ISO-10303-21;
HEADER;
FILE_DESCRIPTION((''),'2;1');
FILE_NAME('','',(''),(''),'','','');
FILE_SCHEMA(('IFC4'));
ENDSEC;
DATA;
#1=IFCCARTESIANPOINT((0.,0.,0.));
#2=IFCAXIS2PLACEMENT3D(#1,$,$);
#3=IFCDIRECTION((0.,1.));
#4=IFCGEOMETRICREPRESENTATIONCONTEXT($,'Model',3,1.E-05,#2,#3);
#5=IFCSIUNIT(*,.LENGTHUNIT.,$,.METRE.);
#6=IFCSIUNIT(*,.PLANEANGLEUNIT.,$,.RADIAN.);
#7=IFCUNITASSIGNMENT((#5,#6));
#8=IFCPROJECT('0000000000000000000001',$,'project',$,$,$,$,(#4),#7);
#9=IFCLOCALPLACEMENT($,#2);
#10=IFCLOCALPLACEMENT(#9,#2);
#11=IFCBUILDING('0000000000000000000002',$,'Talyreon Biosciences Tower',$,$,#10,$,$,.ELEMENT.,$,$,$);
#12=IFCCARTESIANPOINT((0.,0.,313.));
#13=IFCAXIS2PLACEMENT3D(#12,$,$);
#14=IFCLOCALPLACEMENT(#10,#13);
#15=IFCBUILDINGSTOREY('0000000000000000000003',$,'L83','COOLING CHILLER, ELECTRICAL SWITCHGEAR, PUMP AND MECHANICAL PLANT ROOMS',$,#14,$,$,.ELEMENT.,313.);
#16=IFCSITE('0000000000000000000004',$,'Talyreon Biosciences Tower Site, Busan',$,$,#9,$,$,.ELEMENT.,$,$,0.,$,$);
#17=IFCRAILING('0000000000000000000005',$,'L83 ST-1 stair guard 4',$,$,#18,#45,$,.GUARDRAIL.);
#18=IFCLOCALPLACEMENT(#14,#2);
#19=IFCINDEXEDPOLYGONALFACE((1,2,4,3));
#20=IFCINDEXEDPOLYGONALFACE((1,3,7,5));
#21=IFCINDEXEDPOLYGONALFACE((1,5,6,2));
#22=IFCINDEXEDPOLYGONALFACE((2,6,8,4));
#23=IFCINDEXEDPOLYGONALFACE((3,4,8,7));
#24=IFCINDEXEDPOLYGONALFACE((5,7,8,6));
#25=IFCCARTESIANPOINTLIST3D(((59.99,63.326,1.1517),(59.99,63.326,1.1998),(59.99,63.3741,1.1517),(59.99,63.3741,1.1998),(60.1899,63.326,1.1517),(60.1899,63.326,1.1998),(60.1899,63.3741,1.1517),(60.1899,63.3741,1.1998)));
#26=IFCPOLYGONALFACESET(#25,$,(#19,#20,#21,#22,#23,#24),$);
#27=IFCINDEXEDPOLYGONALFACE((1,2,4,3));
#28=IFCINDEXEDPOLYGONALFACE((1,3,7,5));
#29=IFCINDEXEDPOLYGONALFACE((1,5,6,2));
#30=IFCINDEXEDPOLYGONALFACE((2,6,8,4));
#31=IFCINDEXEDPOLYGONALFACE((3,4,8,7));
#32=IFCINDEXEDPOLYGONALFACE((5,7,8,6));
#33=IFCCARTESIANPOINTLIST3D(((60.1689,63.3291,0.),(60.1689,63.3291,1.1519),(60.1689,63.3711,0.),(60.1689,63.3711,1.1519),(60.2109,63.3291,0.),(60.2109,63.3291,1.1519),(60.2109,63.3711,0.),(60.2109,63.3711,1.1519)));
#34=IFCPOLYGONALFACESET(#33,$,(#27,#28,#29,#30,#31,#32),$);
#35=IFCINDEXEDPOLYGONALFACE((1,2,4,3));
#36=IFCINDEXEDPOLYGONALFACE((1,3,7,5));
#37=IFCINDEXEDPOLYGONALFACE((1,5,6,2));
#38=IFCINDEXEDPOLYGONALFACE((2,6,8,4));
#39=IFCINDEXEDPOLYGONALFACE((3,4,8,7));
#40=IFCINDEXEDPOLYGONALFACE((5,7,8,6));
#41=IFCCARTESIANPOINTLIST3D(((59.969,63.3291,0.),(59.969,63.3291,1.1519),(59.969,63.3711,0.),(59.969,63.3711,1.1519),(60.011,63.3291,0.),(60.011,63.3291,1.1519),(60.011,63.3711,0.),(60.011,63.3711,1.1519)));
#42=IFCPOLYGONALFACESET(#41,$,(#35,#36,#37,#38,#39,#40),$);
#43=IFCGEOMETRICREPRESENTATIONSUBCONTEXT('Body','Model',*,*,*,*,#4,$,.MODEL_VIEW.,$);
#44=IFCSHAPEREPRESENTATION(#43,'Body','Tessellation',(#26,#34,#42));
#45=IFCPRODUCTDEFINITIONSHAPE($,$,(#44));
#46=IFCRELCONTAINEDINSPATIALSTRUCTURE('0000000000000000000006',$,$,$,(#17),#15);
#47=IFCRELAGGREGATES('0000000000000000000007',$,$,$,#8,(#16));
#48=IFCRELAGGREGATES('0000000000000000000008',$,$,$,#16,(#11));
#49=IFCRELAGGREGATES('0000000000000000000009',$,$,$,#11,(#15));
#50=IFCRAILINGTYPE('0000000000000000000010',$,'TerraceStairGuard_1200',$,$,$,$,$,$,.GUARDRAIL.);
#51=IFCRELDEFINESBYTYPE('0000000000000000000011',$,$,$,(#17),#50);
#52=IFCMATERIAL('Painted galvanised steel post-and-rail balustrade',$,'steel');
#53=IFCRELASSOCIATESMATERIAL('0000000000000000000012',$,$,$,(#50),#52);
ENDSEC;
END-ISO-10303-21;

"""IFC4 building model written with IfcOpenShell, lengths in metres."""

from ifc_helpers import new_model, si_unit, direction, frame, origin, origin_2d, place, context, subcontext, project, spatial, rectangle, extrude, material, type_object, element, save


model = new_model("IFC4")

# Units and contexts
model_context = context("Model", 3, precision=1e-05, world=origin(), true_north=direction((0.0, 1.0)))
body_context = subcontext(model_context, "Body", "Model", "MODEL_VIEW")
ifc_project = project(units=[si_unit("LENGTHUNIT", "METRE"), si_unit("PLANEANGLEUNIT", "RADIAN")], contexts=[model_context])

# Site, building, storey
site_placement = place(None, origin())
site = spatial("IfcSite", under=ifc_project, at=site_placement, Name="Talyreon Biosciences Tower Site, Busan", CompositionType="ELEMENT", RefElevation=0.0)
building_placement = place(site_placement, origin())
building = spatial("IfcBuilding", under=site, at=building_placement, Name="Talyreon Biosciences Tower", CompositionType="ELEMENT")
storey_placement = place(building_placement, frame((0.0, 0.0, 313.0)))
storey = spatial("IfcBuildingStorey", under=building, at=storey_placement, Name="L83", Description="COOLING CHILLER, ELECTRICAL SWITCHGEAR, PUMP AND MECHANICAL PLANT ROOMS", CompositionType="ELEMENT", Elevation=313.0)

# Railing
ifc_material_1 = material(Name="Painted galvanised steel post-and-rail balustrade", Category="steel")
railing_type_1 = type_object("IfcRailingType", Name="TerraceStairGuard_1200", PredefinedType="GUARDRAIL", material=ifc_material_1)
railing_1_placement = place(storey_placement, frame((60.1899, 63.3501, 0.0)))
element("IfcRailing", 1, at=railing_1_placement, inside=storey, type_object=railing_type_1, Name="L83 ST-1 stair guard 4", PredefinedType="GUARDRAIL", context=body_context, shape_type="SweptSolid", body=[
    extrude(rectangle(XDim=0.0481, YDim=0.0481, at=origin_2d()), frame((0.0, 0.0, 1.1758), z_axis=(-1.0, 0.0, 0.0), x_axis=(0.0, -1.0, 0.0)), (0.0, 0.0, 1.0), 0.2),
    extrude(rectangle(XDim=0.042, YDim=0.042, at=origin_2d()), origin(), (0.0, 0.0, 1.0), 1.1519),
    extrude(rectangle(XDim=0.042, YDim=0.042, at=origin_2d()), frame((-0.2, 0.0, 0.0)), (0.0, 0.0, 1.0), 1.1519),
])

save(model, "model.ifc")
